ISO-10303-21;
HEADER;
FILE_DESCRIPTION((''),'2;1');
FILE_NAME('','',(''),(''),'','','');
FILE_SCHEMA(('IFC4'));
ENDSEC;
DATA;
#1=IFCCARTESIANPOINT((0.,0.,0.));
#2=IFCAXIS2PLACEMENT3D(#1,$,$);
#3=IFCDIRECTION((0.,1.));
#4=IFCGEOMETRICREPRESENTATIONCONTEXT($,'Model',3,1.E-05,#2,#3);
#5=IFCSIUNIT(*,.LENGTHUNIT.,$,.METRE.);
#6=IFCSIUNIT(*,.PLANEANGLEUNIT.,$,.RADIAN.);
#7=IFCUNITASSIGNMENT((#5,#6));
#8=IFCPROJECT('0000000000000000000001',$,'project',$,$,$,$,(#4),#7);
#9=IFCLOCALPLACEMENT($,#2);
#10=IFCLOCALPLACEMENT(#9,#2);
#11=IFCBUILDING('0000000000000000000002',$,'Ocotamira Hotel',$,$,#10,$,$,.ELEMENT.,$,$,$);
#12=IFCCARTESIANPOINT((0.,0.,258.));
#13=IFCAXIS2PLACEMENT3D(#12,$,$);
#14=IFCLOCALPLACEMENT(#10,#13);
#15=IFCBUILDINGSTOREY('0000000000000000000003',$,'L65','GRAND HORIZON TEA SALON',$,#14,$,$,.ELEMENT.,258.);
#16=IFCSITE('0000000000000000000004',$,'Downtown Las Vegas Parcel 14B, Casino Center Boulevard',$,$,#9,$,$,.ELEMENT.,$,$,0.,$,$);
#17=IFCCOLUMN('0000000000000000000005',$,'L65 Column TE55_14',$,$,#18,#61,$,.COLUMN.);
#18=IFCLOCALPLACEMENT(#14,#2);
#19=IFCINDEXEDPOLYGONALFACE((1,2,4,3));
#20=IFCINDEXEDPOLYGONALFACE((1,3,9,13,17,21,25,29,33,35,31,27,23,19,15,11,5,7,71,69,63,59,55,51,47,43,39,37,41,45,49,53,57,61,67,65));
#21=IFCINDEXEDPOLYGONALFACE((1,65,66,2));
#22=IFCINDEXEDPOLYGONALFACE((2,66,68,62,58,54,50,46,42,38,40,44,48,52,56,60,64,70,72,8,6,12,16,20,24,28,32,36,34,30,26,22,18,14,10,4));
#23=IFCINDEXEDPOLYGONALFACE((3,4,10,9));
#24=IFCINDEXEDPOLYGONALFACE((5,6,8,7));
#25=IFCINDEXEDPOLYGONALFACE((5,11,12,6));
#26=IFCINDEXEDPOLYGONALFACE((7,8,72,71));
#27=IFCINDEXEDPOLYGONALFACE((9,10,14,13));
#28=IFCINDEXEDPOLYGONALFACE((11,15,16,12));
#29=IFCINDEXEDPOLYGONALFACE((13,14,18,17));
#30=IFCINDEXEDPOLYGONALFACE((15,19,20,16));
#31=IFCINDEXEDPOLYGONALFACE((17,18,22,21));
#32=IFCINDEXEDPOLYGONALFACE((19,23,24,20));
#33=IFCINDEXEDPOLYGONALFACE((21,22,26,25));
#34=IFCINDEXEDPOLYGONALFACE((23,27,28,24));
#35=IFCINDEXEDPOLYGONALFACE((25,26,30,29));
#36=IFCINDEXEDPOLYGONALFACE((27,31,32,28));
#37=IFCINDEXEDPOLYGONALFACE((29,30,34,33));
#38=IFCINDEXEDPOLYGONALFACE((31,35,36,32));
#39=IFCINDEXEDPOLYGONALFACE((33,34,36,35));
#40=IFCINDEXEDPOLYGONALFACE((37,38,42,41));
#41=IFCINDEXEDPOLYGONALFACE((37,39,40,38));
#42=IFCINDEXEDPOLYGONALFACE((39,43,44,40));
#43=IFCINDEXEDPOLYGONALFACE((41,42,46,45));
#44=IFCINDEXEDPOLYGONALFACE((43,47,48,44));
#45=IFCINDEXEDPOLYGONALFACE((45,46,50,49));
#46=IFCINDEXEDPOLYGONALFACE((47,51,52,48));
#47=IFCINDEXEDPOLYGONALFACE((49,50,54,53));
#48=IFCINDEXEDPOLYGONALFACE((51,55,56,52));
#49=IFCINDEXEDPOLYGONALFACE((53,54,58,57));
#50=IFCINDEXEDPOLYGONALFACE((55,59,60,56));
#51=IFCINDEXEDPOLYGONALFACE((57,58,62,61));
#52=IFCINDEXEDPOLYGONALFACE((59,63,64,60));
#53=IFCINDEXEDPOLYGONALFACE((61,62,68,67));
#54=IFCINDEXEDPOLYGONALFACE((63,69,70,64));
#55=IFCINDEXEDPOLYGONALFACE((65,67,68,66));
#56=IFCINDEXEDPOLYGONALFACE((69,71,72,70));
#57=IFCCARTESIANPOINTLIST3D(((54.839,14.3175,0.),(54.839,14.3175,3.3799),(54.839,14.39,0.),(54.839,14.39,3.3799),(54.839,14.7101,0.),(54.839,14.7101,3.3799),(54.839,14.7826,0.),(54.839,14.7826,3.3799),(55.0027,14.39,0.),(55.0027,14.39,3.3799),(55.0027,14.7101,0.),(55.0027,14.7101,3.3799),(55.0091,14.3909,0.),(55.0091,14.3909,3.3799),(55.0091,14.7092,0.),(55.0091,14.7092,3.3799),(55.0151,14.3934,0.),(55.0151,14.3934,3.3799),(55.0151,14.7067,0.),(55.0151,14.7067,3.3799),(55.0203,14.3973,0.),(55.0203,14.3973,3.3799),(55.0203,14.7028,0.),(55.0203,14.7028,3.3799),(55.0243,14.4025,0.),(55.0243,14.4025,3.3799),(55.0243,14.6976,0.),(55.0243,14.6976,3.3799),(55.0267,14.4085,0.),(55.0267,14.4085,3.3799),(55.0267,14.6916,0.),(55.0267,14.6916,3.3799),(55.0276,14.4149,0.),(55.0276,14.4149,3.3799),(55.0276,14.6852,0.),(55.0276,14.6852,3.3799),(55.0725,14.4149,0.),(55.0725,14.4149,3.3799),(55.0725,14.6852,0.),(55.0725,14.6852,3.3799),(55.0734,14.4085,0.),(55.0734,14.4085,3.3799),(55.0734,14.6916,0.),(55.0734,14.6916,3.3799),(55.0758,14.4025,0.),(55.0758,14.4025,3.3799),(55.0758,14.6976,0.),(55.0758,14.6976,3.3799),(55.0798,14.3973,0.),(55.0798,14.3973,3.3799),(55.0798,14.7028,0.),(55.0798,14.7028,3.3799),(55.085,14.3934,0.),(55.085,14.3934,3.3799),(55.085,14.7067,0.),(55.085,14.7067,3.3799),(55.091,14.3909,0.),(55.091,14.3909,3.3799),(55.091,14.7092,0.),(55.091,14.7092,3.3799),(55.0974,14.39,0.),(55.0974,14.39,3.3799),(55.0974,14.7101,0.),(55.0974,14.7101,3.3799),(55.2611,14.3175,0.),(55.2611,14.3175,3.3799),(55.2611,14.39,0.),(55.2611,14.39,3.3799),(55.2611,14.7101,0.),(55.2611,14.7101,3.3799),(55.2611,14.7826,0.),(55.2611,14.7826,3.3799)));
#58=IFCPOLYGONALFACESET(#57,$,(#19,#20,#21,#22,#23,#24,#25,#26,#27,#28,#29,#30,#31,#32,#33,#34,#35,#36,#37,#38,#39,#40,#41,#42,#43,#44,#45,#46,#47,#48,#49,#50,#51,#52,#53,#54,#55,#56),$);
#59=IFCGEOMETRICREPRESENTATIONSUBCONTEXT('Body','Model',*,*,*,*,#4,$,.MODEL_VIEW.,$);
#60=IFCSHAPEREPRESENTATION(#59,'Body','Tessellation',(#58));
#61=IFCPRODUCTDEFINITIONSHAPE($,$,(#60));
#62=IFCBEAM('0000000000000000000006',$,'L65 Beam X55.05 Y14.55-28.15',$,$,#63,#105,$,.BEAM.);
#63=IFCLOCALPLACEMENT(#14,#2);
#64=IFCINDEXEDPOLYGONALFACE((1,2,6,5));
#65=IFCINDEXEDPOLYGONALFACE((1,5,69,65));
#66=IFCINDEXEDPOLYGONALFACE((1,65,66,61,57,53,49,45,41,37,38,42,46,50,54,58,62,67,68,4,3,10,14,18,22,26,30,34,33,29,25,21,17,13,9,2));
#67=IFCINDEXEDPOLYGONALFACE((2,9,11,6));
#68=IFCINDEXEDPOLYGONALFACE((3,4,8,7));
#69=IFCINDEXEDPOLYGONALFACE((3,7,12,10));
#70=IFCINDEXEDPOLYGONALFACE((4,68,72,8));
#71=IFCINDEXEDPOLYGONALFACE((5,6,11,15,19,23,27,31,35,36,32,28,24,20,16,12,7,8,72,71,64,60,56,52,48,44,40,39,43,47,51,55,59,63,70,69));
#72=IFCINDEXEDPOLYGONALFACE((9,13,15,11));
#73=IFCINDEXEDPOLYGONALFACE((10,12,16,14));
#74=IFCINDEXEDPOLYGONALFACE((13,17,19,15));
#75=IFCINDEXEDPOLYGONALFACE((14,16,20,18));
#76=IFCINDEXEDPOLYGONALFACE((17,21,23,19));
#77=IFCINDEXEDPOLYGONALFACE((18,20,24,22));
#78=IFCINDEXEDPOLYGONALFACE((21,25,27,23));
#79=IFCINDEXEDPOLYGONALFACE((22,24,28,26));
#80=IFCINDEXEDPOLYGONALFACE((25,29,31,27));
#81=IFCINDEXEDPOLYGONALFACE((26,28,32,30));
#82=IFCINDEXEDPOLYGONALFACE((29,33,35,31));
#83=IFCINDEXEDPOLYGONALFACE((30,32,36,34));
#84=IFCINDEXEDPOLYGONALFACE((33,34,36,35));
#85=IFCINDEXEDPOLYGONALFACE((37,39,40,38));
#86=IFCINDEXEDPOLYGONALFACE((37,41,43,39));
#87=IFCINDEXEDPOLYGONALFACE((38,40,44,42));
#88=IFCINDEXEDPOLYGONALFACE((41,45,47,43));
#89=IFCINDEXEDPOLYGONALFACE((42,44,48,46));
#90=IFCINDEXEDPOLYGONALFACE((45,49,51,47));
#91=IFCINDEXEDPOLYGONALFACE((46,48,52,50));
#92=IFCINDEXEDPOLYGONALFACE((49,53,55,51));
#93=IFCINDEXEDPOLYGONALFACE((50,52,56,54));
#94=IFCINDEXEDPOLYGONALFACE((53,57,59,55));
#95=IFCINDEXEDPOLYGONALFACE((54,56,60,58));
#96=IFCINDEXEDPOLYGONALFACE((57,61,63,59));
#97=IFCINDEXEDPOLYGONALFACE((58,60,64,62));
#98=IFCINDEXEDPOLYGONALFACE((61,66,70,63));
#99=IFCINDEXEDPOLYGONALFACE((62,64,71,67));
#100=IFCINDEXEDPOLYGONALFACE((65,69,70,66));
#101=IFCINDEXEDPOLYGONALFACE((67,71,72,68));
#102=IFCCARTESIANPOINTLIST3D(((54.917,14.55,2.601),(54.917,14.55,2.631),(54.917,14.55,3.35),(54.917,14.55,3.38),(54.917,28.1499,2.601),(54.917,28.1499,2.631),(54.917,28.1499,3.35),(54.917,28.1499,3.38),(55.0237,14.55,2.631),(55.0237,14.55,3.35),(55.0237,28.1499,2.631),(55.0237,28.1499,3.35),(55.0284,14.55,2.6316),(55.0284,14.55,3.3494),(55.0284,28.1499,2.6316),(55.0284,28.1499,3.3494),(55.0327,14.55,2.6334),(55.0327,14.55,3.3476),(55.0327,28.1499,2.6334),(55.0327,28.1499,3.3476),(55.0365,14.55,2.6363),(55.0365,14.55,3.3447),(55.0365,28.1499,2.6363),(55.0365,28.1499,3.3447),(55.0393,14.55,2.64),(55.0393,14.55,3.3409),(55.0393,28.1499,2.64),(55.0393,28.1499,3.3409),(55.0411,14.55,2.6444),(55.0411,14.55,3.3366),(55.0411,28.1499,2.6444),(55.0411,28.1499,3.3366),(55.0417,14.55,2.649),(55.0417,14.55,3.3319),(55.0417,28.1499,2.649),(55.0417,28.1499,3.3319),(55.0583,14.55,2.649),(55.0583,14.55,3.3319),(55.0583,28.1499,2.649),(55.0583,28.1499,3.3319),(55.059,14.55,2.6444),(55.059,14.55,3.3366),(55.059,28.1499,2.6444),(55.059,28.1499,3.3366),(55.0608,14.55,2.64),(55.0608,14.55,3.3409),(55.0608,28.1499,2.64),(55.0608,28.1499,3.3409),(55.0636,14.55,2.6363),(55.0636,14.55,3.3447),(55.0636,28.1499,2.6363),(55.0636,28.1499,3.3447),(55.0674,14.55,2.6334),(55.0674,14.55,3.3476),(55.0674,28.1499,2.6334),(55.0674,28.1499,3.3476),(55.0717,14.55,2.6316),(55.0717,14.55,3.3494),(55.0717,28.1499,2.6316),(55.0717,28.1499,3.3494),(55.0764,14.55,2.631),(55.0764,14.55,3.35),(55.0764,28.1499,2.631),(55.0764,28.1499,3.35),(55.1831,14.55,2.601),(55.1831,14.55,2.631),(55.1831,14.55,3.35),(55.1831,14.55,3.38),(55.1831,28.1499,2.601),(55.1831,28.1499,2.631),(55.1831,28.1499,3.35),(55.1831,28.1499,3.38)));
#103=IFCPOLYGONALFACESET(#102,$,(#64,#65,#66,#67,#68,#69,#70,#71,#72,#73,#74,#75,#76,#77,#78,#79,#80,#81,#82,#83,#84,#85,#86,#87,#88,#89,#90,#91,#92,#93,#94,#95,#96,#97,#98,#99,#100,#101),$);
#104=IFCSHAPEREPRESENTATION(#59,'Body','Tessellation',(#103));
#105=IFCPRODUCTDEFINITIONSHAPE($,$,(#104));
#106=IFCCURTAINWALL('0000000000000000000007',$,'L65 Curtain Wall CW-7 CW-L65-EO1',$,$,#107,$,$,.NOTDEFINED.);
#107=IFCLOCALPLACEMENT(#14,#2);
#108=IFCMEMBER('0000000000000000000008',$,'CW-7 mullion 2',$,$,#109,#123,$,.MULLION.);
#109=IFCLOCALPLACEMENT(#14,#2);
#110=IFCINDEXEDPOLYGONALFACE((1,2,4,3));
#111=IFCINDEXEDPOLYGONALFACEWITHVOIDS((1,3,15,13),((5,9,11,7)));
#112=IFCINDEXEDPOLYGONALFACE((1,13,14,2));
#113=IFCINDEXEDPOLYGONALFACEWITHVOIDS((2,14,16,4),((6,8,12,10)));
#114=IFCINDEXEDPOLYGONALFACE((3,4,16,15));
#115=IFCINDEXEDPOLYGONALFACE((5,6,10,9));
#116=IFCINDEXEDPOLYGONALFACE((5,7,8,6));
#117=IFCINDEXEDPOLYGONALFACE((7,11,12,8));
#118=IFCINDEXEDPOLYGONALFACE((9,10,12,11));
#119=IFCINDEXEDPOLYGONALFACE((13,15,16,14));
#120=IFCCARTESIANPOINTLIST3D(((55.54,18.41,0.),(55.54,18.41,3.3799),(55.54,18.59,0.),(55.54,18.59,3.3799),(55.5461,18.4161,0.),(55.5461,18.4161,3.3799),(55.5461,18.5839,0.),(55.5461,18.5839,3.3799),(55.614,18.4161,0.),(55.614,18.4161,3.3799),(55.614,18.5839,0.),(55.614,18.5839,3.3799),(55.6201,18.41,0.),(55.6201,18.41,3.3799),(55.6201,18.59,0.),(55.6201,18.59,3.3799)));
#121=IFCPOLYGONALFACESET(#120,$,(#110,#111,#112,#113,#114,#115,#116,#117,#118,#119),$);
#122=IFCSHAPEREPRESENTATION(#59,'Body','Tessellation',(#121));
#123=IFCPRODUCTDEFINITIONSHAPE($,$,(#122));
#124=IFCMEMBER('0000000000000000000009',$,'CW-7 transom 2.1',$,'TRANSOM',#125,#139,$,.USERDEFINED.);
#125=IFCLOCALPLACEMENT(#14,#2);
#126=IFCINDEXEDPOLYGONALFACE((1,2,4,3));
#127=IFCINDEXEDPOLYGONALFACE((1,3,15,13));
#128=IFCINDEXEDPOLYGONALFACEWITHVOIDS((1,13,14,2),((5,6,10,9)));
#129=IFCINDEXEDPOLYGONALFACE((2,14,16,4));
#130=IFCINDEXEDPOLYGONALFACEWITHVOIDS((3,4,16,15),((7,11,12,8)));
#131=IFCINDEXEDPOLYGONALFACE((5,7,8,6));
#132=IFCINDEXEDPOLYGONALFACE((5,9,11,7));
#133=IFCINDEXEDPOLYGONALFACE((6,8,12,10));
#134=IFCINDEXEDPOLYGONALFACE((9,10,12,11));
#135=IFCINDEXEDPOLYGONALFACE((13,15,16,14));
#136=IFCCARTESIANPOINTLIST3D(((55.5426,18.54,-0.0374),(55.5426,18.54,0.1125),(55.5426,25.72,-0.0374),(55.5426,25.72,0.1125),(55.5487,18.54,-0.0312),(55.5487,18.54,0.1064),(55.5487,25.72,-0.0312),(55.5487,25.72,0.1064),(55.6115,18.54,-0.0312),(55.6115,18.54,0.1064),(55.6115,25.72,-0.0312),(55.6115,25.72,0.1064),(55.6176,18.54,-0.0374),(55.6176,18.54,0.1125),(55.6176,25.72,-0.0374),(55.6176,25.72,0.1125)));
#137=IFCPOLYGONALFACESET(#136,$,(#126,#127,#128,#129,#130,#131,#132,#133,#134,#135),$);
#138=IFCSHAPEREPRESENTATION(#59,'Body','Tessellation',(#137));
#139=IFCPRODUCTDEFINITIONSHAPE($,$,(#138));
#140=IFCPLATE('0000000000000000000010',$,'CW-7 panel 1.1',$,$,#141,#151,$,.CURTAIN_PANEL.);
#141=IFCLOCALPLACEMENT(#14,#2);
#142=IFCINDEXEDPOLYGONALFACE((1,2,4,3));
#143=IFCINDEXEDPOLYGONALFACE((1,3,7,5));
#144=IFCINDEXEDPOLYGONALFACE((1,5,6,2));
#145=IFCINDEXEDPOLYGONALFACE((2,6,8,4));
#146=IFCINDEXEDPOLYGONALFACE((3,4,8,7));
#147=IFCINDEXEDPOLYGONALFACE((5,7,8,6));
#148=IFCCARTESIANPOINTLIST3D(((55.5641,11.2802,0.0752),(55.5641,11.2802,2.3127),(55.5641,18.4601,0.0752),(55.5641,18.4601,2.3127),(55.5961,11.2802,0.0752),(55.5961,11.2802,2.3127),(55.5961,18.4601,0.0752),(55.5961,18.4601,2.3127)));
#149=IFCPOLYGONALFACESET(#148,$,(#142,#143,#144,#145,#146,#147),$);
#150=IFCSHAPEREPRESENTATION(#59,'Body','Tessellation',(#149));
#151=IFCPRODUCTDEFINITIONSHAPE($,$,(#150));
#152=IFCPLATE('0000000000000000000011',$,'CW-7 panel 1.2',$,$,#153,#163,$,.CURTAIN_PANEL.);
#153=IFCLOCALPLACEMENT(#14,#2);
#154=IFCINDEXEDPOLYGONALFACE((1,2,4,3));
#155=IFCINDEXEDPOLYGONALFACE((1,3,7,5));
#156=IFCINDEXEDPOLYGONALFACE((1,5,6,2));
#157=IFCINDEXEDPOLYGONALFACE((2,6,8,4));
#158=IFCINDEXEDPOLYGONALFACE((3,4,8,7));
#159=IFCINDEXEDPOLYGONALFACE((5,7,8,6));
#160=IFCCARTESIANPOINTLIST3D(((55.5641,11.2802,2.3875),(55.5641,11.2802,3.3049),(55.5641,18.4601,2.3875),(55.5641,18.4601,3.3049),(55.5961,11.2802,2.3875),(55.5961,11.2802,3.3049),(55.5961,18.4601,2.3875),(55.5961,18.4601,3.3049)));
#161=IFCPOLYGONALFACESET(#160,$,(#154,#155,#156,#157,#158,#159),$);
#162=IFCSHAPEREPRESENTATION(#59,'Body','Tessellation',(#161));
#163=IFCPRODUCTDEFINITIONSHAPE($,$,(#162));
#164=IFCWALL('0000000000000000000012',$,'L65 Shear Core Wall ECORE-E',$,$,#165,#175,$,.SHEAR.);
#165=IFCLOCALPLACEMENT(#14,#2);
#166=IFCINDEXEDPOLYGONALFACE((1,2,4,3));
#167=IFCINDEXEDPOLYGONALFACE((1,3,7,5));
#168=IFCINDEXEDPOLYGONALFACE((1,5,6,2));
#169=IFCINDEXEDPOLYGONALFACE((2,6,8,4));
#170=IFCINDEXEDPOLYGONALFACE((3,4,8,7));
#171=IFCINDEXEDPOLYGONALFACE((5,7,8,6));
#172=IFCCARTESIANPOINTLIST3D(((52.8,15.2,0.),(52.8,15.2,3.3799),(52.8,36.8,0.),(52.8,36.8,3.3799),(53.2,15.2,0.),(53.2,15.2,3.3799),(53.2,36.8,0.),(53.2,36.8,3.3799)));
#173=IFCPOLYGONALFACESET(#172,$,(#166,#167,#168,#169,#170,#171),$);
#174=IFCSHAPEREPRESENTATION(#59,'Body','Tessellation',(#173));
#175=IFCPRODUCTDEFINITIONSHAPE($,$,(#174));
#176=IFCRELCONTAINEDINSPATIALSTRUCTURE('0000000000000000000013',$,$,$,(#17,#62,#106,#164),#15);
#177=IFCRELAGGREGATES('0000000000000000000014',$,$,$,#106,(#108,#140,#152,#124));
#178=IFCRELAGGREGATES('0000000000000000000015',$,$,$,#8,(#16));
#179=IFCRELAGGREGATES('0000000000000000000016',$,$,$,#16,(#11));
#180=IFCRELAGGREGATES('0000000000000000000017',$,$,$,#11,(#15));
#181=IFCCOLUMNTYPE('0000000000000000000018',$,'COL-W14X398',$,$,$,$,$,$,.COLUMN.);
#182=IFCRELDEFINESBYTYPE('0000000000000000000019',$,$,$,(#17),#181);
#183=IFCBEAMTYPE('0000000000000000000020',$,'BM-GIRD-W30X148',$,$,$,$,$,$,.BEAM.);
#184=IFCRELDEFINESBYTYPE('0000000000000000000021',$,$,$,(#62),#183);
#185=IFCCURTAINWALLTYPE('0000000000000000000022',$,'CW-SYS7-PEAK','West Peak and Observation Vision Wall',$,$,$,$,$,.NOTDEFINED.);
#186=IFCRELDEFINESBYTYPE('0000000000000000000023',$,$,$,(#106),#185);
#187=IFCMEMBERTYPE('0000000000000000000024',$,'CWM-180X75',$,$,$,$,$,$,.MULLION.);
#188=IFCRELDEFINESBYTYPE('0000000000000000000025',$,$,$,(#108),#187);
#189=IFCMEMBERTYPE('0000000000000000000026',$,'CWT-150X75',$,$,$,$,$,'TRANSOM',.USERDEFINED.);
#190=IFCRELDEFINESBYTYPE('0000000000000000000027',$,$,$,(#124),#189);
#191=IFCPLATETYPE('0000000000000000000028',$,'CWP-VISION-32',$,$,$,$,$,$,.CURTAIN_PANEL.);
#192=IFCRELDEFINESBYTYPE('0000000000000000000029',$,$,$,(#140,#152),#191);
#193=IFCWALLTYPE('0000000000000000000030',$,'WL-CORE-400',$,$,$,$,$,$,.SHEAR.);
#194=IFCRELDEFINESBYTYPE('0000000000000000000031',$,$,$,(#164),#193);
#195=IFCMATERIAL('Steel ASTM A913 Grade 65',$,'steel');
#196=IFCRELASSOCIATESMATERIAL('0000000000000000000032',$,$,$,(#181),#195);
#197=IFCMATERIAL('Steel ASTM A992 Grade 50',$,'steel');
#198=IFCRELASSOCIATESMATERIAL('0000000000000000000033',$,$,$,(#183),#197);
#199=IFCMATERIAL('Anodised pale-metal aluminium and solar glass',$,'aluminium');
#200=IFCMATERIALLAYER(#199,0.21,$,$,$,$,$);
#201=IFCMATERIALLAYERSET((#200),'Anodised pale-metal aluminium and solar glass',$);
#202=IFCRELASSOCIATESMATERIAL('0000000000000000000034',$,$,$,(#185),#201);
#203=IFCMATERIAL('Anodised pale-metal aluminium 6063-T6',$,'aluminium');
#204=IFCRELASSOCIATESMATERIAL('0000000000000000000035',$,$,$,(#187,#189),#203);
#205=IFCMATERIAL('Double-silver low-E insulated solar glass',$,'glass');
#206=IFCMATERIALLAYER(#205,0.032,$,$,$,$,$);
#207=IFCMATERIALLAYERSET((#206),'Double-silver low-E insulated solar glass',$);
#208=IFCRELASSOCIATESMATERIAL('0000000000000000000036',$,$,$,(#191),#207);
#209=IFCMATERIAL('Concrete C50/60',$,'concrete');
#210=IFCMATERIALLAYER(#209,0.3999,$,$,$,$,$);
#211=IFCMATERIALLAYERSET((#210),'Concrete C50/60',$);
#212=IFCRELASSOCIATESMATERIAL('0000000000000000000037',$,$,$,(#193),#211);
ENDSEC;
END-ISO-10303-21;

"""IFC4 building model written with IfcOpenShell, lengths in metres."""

from ifc_helpers import new_model, si_unit, direction, frame, frame_2d, origin, origin_2d, place, context, subcontext, project, spatial, rectangle, hollow_rectangle, i_section, extrude, source, transform, mapped, material, layer, layer_set, material_profile, profile_set, type_object, element, aggregate, save


model = new_model("IFC4")

# Units and contexts
model_context = context("Model", 3, precision=1e-05, world=origin(), true_north=direction((0.0, 1.0)))
body_context = subcontext(model_context, "Body", "Model", "MODEL_VIEW")
ifc_project = project(units=[si_unit("LENGTHUNIT", "METRE"), si_unit("PLANEANGLEUNIT", "RADIAN")], contexts=[model_context])

# Site, building, storey
site_placement = place(None, origin())
site = spatial("IfcSite", under=ifc_project, at=site_placement, Name="Downtown Las Vegas Parcel 14B, Casino Center Boulevard", CompositionType="ELEMENT", RefElevation=0.0)
building_placement = place(site_placement, origin())
building = spatial("IfcBuilding", under=site, at=building_placement, Name="Ocotamira Hotel", CompositionType="ELEMENT")
storey_placement = place(building_placement, frame((0.0, 0.0, 258.0)))
storey = spatial("IfcBuildingStorey", under=building, at=storey_placement, Name="L65", Description="GRAND HORIZON TEA SALON", CompositionType="ELEMENT", Elevation=258.0)

# Column
ifc_material_1 = material(Name="Steel ASTM A913 Grade 65", Category="steel")
ifc_material_profile_1 = material_profile(ifc_material_1, i_section(OverallWidth=0.4221, OverallDepth=0.4651, WebThickness=0.0449, FlangeThickness=0.0725, FilletRadius=0.0249, at=origin_2d()), Name="W14X398")
ifc_profile_set_1 = profile_set([ifc_material_profile_1], Name="Steel ASTM A913 Grade 65")
column_type = type_object("IfcColumnType", Name="COL-W14X398", PredefinedType="COLUMN", material=ifc_profile_set_1)
shared_shape_1 = source(origin(), body_context, "Body", "SweptSolid", [
    extrude(i_section(OverallWidth=0.4221, OverallDepth=0.4651, WebThickness=0.0449, FlangeThickness=0.0725, FilletRadius=0.0249, at=origin_2d()), origin(), (0.0, 0.0, 1.0), 3.3799),
])
column_placement = place(storey_placement, frame((55.05, 14.55, 0.0), z_axis=(0.0, 0.0, 1.0), x_axis=(1.0, 0.0, 0.0)))
element("IfcColumn", 1, at=column_placement, inside=storey, type_object=column_type, Name="L65 Column TE55_14", PredefinedType="COLUMN", context=body_context, shape_type="MappedRepresentation", body=[
    mapped(shared_shape_1, transform((0.0, 0.0, 0.0), scale=1.0)),
])

# Beam
ifc_material_2 = material(Name="Steel ASTM A992 Grade 50", Category="steel")
ifc_material_profile_2 = material_profile(ifc_material_2, i_section(OverallWidth=0.2661, OverallDepth=0.7791, WebThickness=0.0166, FlangeThickness=0.03, FilletRadius=0.0181, at=origin_2d()), Name="W30X148")
ifc_profile_set_2 = profile_set([ifc_material_profile_2], Name="Steel ASTM A992 Grade 50")
beam_type = type_object("IfcBeamType", Name="BM-GIRD-W30X148", PredefinedType="BEAM", material=ifc_profile_set_2)
shared_shape_2 = source(origin(), body_context, "Body", "SweptSolid", [
    extrude(i_section(OverallWidth=0.2661, OverallDepth=0.7791, WebThickness=0.0166, FlangeThickness=0.03, FilletRadius=0.0181, at=origin_2d()), origin(), (0.0, 0.0, 1.0), 13.5999),
])
beam_placement = place(storey_placement, frame((55.05, 14.55, 2.9905), z_axis=(0.0, 1.0, 0.0), x_axis=(-1.0, 0.0, 0.0)))
element("IfcBeam", 2, at=beam_placement, inside=storey, type_object=beam_type, Name="L65 Beam X55.05 Y14.55-28.15", PredefinedType="BEAM", context=body_context, shape_type="MappedRepresentation", body=[
    mapped(shared_shape_2, transform((0.0, 0.0, 0.0), scale=1.0)),
])

# Curtain wall, members, plates
ifc_material_3 = material(Name="Anodised pale-metal aluminium and solar glass", Category="aluminium")
ifc_layer_1 = layer(ifc_material_3, 0.21)
ifc_layer_set_1 = layer_set([ifc_layer_1], Name="Anodised pale-metal aluminium and solar glass")
curtain_wall_type = type_object("IfcCurtainWallType", Name="CW-SYS7-PEAK", Description="West Peak and Observation Vision Wall", PredefinedType="NOTDEFINED", material=ifc_layer_set_1)
curtain_wall_placement = place(storey_placement, origin())
curtain_wall = element("IfcCurtainWall", 3, at=curtain_wall_placement, inside=storey, type_object=curtain_wall_type, Name="L65 Curtain Wall CW-7 CW-L65-EO1", PredefinedType="NOTDEFINED")
ifc_material_4 = material(Name="Anodised pale-metal aluminium 6063-T6", Category="aluminium")
ifc_material_profile_3 = material_profile(ifc_material_4, hollow_rectangle(XDim=0.0801, YDim=0.1799, WallThickness=0.0061, at=origin_2d()), Name="HSS180X80X6")
ifc_profile_set_3 = profile_set([ifc_material_profile_3], Name="Anodised pale-metal aluminium 6063-T6")
member_type_1 = type_object("IfcMemberType", Name="CWM-180X75", PredefinedType="MULLION", material=ifc_profile_set_3)
shared_shape_3 = source(origin(), body_context, "Body", "SweptSolid", [
    extrude(hollow_rectangle(XDim=0.0801, YDim=0.1799, WallThickness=0.0061, at=origin_2d()), origin(), (0.0, 0.0, 1.0), 3.3799),
])
member_1_placement = place(storey_placement, frame((55.5801, 18.5, 0.0), z_axis=(0.0, 0.0, 1.0), x_axis=(-1.0, 0.0, 0.0)))
member_1 = element("IfcMember", 4, at=member_1_placement, type_object=member_type_1, Name="CW-7 mullion 2", PredefinedType="MULLION", context=body_context, shape_type="MappedRepresentation", body=[
    mapped(shared_shape_3, transform((0.0, 0.0, 0.0), scale=1.0)),
])
ifc_material_profile_4 = material_profile(ifc_material_4, hollow_rectangle(XDim=0.075, YDim=0.1499, WallThickness=0.0061, at=origin_2d()), Name="HSS150X75X6")
ifc_profile_set_4 = profile_set([ifc_material_profile_4], Name="Anodised pale-metal aluminium 6063-T6")
member_type_2 = type_object("IfcMemberType", Name="CWT-150X75", ElementType="TRANSOM", PredefinedType="USERDEFINED", material=ifc_profile_set_4)
shared_shape_4 = source(origin(), body_context, "Body", "SweptSolid", [
    extrude(hollow_rectangle(XDim=0.075, YDim=0.1499, WallThickness=0.0061, at=origin_2d()), origin(), (0.0, 0.0, 1.0), 7.1799),
])
member_2_placement = place(storey_placement, frame((55.5801, 18.54, 0.0376), z_axis=(0.0, 1.0, 0.0), x_axis=(-1.0, 0.0, 0.0)))
member_2 = element("IfcMember", 5, at=member_2_placement, type_object=member_type_2, Name="CW-7 transom 2.1", ObjectType="TRANSOM", PredefinedType="USERDEFINED", context=body_context, shape_type="MappedRepresentation", body=[
    mapped(shared_shape_4, transform((0.0, 0.0, 0.0), scale=1.0)),
])
ifc_material_5 = material(Name="Double-silver low-E insulated solar glass", Category="glass")
ifc_layer_2 = layer(ifc_material_5, 0.032)
ifc_layer_set_2 = layer_set([ifc_layer_2], Name="Double-silver low-E insulated solar glass")
plate_type = type_object("IfcPlateType", Name="CWP-VISION-32", PredefinedType="CURTAIN_PANEL", material=ifc_layer_set_2)
shared_shape_5 = source(origin(), body_context, "Body", "SweptSolid", [
    extrude(rectangle(XDim=7.1799, YDim=0.032, at=origin_2d()), origin(), (0.0, 0.0, 1.0), 2.2375),
])
plate_1_placement = place(storey_placement, frame((55.5801, 14.8701, 0.0752), z_axis=(0.0, 0.0, 1.0), x_axis=(0.0, 1.0, 0.0)))
plate_1 = element("IfcPlate", 6, at=plate_1_placement, type_object=plate_type, Name="CW-7 panel 1.1", PredefinedType="CURTAIN_PANEL", context=body_context, shape_type="MappedRepresentation", body=[
    mapped(shared_shape_5, transform((0.0, 0.0, 0.0), scale=1.0)),
])
shared_shape_6 = source(origin(), body_context, "Body", "SweptSolid", [
    extrude(rectangle(XDim=7.1799, YDim=0.032, at=origin_2d()), origin(), (0.0, 0.0, 1.0), 0.9175),
])
plate_2_placement = place(storey_placement, frame((55.5801, 14.8701, 2.3875), z_axis=(0.0, 0.0, 1.0), x_axis=(0.0, 1.0, 0.0)))
plate_2 = element("IfcPlate", 7, at=plate_2_placement, type_object=plate_type, Name="CW-7 panel 1.2", PredefinedType="CURTAIN_PANEL", context=body_context, shape_type="MappedRepresentation", body=[
    mapped(shared_shape_6, transform((0.0, 0.0, 0.0), scale=1.0)),
])
aggregate(curtain_wall, [member_1, plate_1, plate_2, member_2])

# Wall
ifc_material_6 = material(Name="Concrete C50/60", Category="concrete")
ifc_layer_3 = layer(ifc_material_6, 0.3999)
ifc_layer_set_3 = layer_set([ifc_layer_3], Name="Concrete C50/60")
wall_type_1 = type_object("IfcWallType", Name="WL-CORE-400", PredefinedType="SHEAR", material=ifc_layer_set_3)
wall_1_placement = place(storey_placement, frame((53.0, 15.2, 0.0), z_axis=(0.0, 0.0, 1.0), x_axis=(0.0, 1.0, 0.0)))
element("IfcWall", 8, at=wall_1_placement, inside=storey, type_object=wall_type_1, Name="L65 Shear Core Wall ECORE-E", PredefinedType="SHEAR", context=body_context, shape_type="SweptSolid", body=[
    extrude(rectangle(XDim=21.6001, YDim=0.3999, at=frame_2d((10.8, 0.0))), origin(), (0.0, 0.0, 1.0), 3.3799),
])

save(model, "model.ifc")
